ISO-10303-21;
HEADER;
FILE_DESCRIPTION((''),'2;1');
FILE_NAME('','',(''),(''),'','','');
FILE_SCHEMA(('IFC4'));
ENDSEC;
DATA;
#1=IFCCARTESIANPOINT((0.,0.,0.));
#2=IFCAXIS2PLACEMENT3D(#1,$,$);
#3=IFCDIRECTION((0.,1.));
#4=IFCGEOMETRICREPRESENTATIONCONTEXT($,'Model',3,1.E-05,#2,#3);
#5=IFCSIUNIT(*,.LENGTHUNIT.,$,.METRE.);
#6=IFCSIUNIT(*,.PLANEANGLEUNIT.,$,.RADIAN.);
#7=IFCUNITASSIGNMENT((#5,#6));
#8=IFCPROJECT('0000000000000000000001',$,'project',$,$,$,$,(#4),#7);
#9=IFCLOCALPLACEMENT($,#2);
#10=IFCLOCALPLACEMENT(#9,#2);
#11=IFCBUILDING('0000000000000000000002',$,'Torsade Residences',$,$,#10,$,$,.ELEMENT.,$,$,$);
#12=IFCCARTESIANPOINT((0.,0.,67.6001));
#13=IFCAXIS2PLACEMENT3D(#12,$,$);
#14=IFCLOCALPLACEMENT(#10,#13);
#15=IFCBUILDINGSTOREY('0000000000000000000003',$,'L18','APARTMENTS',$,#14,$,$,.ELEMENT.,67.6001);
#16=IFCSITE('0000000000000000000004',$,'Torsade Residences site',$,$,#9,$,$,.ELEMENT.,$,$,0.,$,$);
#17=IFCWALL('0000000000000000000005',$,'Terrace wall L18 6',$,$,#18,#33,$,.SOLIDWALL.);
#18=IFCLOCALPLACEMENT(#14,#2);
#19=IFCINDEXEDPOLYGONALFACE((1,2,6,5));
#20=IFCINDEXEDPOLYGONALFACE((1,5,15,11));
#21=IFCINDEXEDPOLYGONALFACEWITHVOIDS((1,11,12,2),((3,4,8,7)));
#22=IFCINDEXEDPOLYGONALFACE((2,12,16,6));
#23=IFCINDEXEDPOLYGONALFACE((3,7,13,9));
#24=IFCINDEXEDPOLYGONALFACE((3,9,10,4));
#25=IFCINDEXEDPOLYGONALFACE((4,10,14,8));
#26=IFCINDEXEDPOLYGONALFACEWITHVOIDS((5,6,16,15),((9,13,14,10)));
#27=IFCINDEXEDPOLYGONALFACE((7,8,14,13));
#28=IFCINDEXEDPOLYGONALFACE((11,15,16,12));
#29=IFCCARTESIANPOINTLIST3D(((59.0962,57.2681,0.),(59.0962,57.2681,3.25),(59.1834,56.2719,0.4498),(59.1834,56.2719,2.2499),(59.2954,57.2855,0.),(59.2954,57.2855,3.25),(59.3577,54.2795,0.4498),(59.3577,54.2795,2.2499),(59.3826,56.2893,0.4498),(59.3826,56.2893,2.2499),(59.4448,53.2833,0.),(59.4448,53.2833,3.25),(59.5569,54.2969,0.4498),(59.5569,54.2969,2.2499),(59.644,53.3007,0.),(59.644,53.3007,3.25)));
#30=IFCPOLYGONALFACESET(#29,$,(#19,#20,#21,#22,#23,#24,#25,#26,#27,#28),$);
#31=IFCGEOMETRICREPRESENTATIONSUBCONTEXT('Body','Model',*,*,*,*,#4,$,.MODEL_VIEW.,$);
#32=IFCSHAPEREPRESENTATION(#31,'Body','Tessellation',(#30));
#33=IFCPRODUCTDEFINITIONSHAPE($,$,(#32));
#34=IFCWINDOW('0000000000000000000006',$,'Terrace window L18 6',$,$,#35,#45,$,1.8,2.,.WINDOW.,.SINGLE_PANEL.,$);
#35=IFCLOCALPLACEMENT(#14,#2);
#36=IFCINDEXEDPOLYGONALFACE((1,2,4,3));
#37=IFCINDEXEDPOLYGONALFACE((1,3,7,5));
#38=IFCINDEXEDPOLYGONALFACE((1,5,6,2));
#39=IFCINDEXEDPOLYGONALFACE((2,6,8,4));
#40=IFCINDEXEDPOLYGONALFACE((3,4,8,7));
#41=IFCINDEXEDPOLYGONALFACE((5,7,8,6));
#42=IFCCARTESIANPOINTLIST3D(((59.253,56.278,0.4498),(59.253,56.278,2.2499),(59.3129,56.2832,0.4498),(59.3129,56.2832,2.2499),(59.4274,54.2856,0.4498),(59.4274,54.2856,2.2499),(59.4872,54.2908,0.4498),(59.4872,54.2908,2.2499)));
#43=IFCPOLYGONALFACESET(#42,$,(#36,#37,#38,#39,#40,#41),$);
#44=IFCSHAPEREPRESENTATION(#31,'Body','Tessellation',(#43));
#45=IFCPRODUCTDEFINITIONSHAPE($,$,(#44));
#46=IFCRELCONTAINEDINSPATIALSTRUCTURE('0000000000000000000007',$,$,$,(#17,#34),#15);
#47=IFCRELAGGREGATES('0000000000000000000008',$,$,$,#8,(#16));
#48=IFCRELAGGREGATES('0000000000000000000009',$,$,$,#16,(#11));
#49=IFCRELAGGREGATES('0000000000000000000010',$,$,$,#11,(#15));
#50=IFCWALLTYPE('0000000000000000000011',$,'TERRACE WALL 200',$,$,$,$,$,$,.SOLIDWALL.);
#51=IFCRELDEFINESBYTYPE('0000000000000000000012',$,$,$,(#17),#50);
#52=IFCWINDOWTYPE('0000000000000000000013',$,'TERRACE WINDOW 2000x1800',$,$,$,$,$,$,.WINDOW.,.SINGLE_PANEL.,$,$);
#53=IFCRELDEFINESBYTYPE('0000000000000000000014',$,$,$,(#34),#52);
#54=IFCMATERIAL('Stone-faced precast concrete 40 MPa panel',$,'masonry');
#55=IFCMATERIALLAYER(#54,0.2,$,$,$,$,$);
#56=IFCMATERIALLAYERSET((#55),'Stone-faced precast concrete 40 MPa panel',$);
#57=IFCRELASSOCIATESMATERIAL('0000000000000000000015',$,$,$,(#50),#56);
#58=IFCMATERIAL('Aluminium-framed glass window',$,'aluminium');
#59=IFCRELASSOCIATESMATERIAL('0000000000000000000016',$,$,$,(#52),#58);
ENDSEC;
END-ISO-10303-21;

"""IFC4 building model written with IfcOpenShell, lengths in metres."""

from ifc_helpers import new_model, si_unit, direction, frame, frame_2d, origin, place, context, subcontext, project, spatial, rectangle, extrude, material, layer, layer_set, type_object, element, fill, save


model = new_model("IFC4")

# Units and contexts
model_context = context("Model", 3, precision=1e-05, world=origin(), true_north=direction((0.0, 1.0)))
body_context = subcontext(model_context, "Body", "Model", "MODEL_VIEW")
ifc_project = project(units=[si_unit("LENGTHUNIT", "METRE"), si_unit("PLANEANGLEUNIT", "RADIAN")], contexts=[model_context])

# Site, building, storey
site_placement = place(None, origin())
site = spatial("IfcSite", under=ifc_project, at=site_placement, Name="Torsade Residences site", CompositionType="ELEMENT", RefElevation=0.0)
building_placement = place(site_placement, origin())
building = spatial("IfcBuilding", under=site, at=building_placement, Name="Torsade Residences", CompositionType="ELEMENT")
storey_placement = place(building_placement, frame((0.0, 0.0, 67.6001)))
storey = spatial("IfcBuildingStorey", under=building, at=storey_placement, Name="L18", Description="APARTMENTS", CompositionType="ELEMENT", Elevation=67.6001)

# Wall, opening, window
ifc_material_1 = material(Name="Stone-faced precast concrete 40 MPa panel", Category="masonry")
ifc_layer_1 = layer(ifc_material_1, 0.2)
ifc_layer_set_1 = layer_set([ifc_layer_1], Name="Stone-faced precast concrete 40 MPa panel")
wall_type_1 = type_object("IfcWallType", Name="TERRACE WALL 200", PredefinedType="SOLIDWALL", material=ifc_layer_set_1)
wall_1_placement = place(storey_placement, frame((59.5444, 53.292, 0.0), z_axis=(0.0, 0.0, 1.0), x_axis=(-0.087156, 0.996195, 0.0)))
wall_1 = element("IfcWall", 1, at=wall_1_placement, inside=storey, type_object=wall_type_1, Name="Terrace wall L18 6", PredefinedType="SOLIDWALL", context=body_context, shape_type="SweptSolid", body=[
    extrude(rectangle(XDim=4.0, YDim=0.2, at=frame_2d((2.0, 0.0))), origin(), (0.0, 0.0, 1.0), 3.25),
])
opening_1_placement = place(wall_1_placement, frame((1.0, 0.0, 0.45)))
opening_1 = element("IfcOpeningElement", 2, at=opening_1_placement, cuts=wall_1, PredefinedType="OPENING", context=body_context, shape_type="SweptSolid", body=[
    extrude(rectangle(XDim=2.0, YDim=1.8, at=frame_2d((1.0, 0.8999))), frame((0.0, 0.1099, 0.0), z_axis=(0.0, -1.0, 0.0), x_axis=(1.0, 0.0, 0.0)), (0.0, 0.0, 1.0), 0.22),
])
ifc_material_2 = material(Name="Aluminium-framed glass window", Category="aluminium")
window_type = type_object("IfcWindowType", Name="TERRACE WINDOW 2000x1800", PartitioningType="SINGLE_PANEL", PredefinedType="WINDOW", material=ifc_material_2)
window_placement = place(opening_1_placement, origin())
window = element("IfcWindow", 3, at=window_placement, inside=storey, type_object=window_type, Name="Terrace window L18 6", OverallHeight=1.8, OverallWidth=2.0, PartitioningType="SINGLE_PANEL", PredefinedType="WINDOW", context=body_context, shape_type="SweptSolid", body=[
    extrude(rectangle(XDim=2.0, YDim=1.8, at=frame_2d((1.0, 0.8999))), frame((0.0, 0.03, 0.0), z_axis=(0.0, -1.0, 0.0), x_axis=(1.0, 0.0, 0.0)), (0.0, 0.0, 1.0), 0.0601),
])
fill(opening_1, window)

save(model, "model.ifc")
